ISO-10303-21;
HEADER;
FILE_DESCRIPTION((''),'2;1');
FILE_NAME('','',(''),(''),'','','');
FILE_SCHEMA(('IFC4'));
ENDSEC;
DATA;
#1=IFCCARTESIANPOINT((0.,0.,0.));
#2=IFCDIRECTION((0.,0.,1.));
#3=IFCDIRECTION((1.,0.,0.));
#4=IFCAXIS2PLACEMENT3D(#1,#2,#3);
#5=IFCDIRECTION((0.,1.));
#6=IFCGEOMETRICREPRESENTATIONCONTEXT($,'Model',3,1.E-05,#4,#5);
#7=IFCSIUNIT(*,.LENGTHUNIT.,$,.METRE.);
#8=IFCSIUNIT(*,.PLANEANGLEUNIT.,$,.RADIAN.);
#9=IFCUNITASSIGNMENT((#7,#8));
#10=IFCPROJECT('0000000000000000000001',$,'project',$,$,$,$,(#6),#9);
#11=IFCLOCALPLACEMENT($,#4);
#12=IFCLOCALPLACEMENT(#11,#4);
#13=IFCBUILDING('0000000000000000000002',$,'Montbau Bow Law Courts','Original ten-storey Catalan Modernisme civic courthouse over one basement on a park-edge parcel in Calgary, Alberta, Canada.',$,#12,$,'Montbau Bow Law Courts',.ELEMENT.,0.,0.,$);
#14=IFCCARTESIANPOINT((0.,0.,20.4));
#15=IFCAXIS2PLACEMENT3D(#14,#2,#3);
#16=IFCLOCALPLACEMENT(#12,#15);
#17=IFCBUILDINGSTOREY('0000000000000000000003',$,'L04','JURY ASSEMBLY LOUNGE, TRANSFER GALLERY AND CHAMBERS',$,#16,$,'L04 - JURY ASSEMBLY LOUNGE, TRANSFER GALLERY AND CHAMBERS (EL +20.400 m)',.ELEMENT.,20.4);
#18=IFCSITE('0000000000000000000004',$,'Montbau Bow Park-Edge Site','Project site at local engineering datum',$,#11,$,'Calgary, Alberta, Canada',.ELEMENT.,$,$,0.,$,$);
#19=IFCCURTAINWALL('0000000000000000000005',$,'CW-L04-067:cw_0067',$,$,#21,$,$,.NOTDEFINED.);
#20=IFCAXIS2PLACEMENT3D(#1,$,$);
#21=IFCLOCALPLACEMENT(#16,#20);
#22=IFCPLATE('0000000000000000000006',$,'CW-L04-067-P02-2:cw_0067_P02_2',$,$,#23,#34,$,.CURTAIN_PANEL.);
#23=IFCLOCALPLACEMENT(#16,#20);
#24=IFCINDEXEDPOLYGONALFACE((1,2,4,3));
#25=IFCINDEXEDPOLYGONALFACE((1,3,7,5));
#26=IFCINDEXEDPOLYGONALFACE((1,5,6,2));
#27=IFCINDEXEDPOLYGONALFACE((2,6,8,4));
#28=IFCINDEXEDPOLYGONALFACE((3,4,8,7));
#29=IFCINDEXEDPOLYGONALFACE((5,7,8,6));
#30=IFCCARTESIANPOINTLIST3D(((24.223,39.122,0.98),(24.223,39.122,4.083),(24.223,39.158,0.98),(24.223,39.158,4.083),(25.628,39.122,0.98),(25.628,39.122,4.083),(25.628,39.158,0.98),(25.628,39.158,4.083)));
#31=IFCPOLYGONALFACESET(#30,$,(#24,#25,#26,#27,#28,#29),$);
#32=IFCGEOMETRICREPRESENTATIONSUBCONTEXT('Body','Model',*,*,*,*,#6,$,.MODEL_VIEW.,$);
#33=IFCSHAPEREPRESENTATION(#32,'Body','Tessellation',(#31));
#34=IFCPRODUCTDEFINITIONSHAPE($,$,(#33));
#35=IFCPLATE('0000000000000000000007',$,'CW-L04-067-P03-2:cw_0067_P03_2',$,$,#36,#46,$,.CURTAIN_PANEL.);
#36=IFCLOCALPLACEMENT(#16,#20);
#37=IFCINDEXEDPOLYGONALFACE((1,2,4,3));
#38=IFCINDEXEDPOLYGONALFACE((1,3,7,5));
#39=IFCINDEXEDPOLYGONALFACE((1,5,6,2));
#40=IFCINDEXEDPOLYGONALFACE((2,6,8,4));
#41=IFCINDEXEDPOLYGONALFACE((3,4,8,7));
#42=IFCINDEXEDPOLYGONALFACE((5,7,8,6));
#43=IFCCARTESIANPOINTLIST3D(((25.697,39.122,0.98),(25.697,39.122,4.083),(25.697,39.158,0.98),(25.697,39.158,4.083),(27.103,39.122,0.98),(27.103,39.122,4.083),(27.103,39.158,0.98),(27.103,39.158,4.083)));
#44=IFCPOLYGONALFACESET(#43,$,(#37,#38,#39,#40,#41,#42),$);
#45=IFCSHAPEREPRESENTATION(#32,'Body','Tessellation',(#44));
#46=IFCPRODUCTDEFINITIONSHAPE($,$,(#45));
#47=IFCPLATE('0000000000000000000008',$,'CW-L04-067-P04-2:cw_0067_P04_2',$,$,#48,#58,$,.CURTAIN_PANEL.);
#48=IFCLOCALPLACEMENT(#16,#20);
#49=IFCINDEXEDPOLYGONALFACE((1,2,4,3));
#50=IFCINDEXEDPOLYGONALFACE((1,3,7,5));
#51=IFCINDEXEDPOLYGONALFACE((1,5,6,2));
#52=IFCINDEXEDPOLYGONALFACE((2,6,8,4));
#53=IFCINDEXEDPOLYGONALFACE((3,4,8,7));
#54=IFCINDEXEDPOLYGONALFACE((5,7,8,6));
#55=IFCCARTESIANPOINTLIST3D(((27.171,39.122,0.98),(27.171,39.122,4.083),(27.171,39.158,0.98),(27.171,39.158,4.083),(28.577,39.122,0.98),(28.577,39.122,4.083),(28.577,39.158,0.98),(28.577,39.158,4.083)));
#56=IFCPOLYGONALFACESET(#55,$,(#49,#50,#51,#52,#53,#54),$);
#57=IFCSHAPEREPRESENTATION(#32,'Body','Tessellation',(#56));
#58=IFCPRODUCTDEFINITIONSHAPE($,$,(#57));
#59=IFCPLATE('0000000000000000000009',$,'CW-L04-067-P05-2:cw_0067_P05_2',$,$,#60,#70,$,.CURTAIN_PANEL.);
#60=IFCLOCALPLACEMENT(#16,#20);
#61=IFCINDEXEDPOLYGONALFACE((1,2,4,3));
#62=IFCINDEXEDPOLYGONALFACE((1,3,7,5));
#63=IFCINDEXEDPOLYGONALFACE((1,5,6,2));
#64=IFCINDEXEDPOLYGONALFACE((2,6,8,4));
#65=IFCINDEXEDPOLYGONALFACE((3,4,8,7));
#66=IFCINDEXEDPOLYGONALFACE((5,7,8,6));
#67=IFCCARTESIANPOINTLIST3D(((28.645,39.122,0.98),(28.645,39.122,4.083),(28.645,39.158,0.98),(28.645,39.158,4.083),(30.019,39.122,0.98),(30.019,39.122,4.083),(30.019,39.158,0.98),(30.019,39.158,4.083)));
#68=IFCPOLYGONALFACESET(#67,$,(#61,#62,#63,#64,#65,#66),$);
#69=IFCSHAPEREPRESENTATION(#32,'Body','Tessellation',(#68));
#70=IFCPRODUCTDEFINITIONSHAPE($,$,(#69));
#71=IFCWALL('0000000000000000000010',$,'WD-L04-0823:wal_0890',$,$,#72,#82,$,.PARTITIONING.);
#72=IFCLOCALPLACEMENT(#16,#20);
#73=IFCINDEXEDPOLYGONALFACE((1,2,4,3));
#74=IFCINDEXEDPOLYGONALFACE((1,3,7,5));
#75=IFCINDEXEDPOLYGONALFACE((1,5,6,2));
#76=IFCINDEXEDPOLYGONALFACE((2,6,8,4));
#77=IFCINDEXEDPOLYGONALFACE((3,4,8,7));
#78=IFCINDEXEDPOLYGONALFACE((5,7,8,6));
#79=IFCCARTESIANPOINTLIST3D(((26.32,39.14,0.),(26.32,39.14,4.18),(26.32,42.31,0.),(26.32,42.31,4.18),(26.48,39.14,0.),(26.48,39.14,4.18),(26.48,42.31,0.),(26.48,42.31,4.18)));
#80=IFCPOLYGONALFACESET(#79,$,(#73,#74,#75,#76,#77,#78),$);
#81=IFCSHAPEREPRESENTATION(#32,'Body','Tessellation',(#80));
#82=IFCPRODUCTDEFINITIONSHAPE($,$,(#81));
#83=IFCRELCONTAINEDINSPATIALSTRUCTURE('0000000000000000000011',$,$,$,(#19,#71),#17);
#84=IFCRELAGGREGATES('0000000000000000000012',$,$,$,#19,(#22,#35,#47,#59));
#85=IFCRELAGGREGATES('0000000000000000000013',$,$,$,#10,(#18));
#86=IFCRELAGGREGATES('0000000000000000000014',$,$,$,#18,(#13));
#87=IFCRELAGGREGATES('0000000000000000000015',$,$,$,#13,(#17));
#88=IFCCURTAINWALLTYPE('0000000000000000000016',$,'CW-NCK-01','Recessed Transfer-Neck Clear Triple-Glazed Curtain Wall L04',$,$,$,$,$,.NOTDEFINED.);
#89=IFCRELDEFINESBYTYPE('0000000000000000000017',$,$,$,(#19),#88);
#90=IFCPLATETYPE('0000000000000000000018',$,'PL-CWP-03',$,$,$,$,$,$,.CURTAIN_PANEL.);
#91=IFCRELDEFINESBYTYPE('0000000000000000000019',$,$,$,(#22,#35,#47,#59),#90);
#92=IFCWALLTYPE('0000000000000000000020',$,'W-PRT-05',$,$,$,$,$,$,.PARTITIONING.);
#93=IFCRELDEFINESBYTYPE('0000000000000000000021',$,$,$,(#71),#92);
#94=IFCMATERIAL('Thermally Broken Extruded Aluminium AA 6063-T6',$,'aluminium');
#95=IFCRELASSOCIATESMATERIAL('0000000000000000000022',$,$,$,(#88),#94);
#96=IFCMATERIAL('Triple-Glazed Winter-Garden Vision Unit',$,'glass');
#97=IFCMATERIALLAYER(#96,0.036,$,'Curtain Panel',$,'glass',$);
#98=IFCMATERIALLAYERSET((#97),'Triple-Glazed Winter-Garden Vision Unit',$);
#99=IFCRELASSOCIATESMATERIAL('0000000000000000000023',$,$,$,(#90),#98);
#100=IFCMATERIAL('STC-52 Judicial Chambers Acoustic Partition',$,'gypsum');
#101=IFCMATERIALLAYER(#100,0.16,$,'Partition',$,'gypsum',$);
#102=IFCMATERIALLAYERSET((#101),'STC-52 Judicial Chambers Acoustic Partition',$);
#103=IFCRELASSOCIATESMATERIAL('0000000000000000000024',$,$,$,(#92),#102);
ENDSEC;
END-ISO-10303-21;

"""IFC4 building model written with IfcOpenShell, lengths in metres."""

from ifc_helpers import new_model, si_unit, direction, frame, frame_2d, origin_with_axes, place, context, subcontext, project, spatial, rectangle, extrude, material, layer, layer_set, type_object, element, aggregate, save


model = new_model("IFC4")

# Units and contexts
model_context = context("Model", 3, precision=1e-05, world=origin_with_axes(), true_north=direction((0.0, 1.0)))
body_context = subcontext(model_context, "Body", "Model", "MODEL_VIEW")
ifc_project = project(units=[si_unit("LENGTHUNIT", "METRE"), si_unit("PLANEANGLEUNIT", "RADIAN")], contexts=[model_context])

# Site, building, storey
site_placement = place(None, origin_with_axes())
site = spatial("IfcSite", under=ifc_project, at=site_placement, Name="Montbau Bow Park-Edge Site", Description="Project site at local engineering datum", LongName="Calgary, Alberta, Canada", CompositionType="ELEMENT", RefElevation=0.0)
building_placement = place(site_placement, origin_with_axes())
building = spatial("IfcBuilding", under=site, at=building_placement, Name="Montbau Bow Law Courts", Description="Original ten-storey Catalan Modernisme civic courthouse over one basement on a park-edge parcel in Calgary, Alberta, Canada.", LongName="Montbau Bow Law Courts", CompositionType="ELEMENT", ElevationOfRefHeight=0.0, ElevationOfTerrain=0.0)
storey_placement = place(building_placement, frame((0.0, 0.0, 20.4), z_axis=(0.0, 0.0, 1.0), x_axis=(1.0, 0.0, 0.0)))
storey = spatial("IfcBuildingStorey", under=building, at=storey_placement, Name="L04", Description="JURY ASSEMBLY LOUNGE, TRANSFER GALLERY AND CHAMBERS", LongName="L04 - JURY ASSEMBLY LOUNGE, TRANSFER GALLERY AND CHAMBERS (EL +20.400 m)", CompositionType="ELEMENT", Elevation=20.4)

# Curtain wall, plates
ifc_material_1 = material(Name="Thermally Broken Extruded Aluminium AA 6063-T6", Category="aluminium")
curtain_wall_type = type_object("IfcCurtainWallType", Name="CW-NCK-01", Description="Recessed Transfer-Neck Clear Triple-Glazed Curtain Wall L04", PredefinedType="NOTDEFINED", material=ifc_material_1)
curtain_wall_placement = place(None, frame((22.715, 39.14, 20.4), z_axis=(0.0, 0.0, 1.0), x_axis=(1.0, 0.0, 0.0)))
curtain_wall = element("IfcCurtainWall", 1, at=curtain_wall_placement, inside=storey, type_object=curtain_wall_type, Name="CW-L04-067:cw_0067", PredefinedType="NOTDEFINED")
ifc_material_2 = material(Name="Triple-Glazed Winter-Garden Vision Unit", Category="glass")
ifc_layer_1 = layer(ifc_material_2, 0.036, Name="Curtain Panel", Category="glass")
ifc_layer_set_1 = layer_set([ifc_layer_1], Name="Triple-Glazed Winter-Garden Vision Unit")
plate_type_1 = type_object("IfcPlateType", Name="PL-CWP-03", PredefinedType="CURTAIN_PANEL", material=ifc_layer_set_1)
plate_1_placement = place(None, frame((24.223, 39.14, 21.38), z_axis=(0.0, -1.0, 0.0), x_axis=(1.0, 0.0, 0.0)))
plate_1 = element("IfcPlate", 2, at=plate_1_placement, type_object=plate_type_1, Name="CW-L04-067-P02-2:cw_0067_P02_2", PredefinedType="CURTAIN_PANEL", context=body_context, shape_type="SweptSolid", body=[
    extrude(rectangle(XDim=1.405, YDim=3.103, at=frame_2d((0.7025, 1.5515), x_axis=(1.0, 0.0))), frame((0.0, 0.0, -0.018), z_axis=(0.0, 0.0, 1.0), x_axis=(1.0, 0.0, 0.0)), (0.0, 0.0, 1.0), 0.036),
])
plate_2_placement = place(None, frame((25.697, 39.14, 21.38), z_axis=(0.0, -1.0, 0.0), x_axis=(1.0, 0.0, 0.0)))
plate_2 = element("IfcPlate", 3, at=plate_2_placement, type_object=plate_type_1, Name="CW-L04-067-P03-2:cw_0067_P03_2", PredefinedType="CURTAIN_PANEL", context=body_context, shape_type="SweptSolid", body=[
    extrude(rectangle(XDim=1.406, YDim=3.103, at=frame_2d((0.703, 1.5515), x_axis=(1.0, 0.0))), frame((0.0, 0.0, -0.018), z_axis=(0.0, 0.0, 1.0), x_axis=(1.0, 0.0, 0.0)), (0.0, 0.0, 1.0), 0.036),
])
plate_3_placement = place(None, frame((27.171, 39.14, 21.38), z_axis=(0.0, -1.0, 0.0), x_axis=(1.0, 0.0, 0.0)))
plate_3 = element("IfcPlate", 4, at=plate_3_placement, type_object=plate_type_1, Name="CW-L04-067-P04-2:cw_0067_P04_2", PredefinedType="CURTAIN_PANEL", context=body_context, shape_type="SweptSolid", body=[
    extrude(rectangle(XDim=1.406, YDim=3.103, at=frame_2d((0.703, 1.5515), x_axis=(1.0, 0.0))), frame((0.0, 0.0, -0.018), z_axis=(0.0, 0.0, 1.0), x_axis=(1.0, 0.0, 0.0)), (0.0, 0.0, 1.0), 0.036),
])
plate_4_placement = place(None, frame((28.645, 39.14, 21.38), z_axis=(0.0, -1.0, 0.0), x_axis=(1.0, 0.0, 0.0)))
plate_4 = element("IfcPlate", 5, at=plate_4_placement, type_object=plate_type_1, Name="CW-L04-067-P05-2:cw_0067_P05_2", PredefinedType="CURTAIN_PANEL", context=body_context, shape_type="SweptSolid", body=[
    extrude(rectangle(XDim=1.374, YDim=3.103, at=frame_2d((0.687, 1.5515), x_axis=(1.0, 0.0))), frame((0.0, 0.0, -0.018), z_axis=(0.0, 0.0, 1.0), x_axis=(1.0, 0.0, 0.0)), (0.0, 0.0, 1.0), 0.036),
])
aggregate(curtain_wall, [plate_1, plate_2, plate_3, plate_4])

# Wall
ifc_material_3 = material(Name="STC-52 Judicial Chambers Acoustic Partition", Category="gypsum")
ifc_layer_2 = layer(ifc_material_3, 0.16, Name="Partition", Category="gypsum")
ifc_layer_set_2 = layer_set([ifc_layer_2], Name="STC-52 Judicial Chambers Acoustic Partition")
wall_type = type_object("IfcWallType", Name="W-PRT-05", PredefinedType="PARTITIONING", material=ifc_layer_set_2)
wall_placement = place(None, frame((26.4, 39.14, 20.4), z_axis=(0.0, 0.0, 1.0), x_axis=(0.0, 1.0, 0.0)))
element("IfcWall", 6, at=wall_placement, inside=storey, type_object=wall_type, Name="WD-L04-0823:wal_0890", PredefinedType="PARTITIONING", context=body_context, shape_type="SweptSolid", body=[
    extrude(rectangle(XDim=3.17, YDim=0.16, at=frame_2d((1.585, 0.0), x_axis=(1.0, 0.0))), origin_with_axes(), (0.0, 0.0, 1.0), 4.18),
])

save(model, "model.ifc")
